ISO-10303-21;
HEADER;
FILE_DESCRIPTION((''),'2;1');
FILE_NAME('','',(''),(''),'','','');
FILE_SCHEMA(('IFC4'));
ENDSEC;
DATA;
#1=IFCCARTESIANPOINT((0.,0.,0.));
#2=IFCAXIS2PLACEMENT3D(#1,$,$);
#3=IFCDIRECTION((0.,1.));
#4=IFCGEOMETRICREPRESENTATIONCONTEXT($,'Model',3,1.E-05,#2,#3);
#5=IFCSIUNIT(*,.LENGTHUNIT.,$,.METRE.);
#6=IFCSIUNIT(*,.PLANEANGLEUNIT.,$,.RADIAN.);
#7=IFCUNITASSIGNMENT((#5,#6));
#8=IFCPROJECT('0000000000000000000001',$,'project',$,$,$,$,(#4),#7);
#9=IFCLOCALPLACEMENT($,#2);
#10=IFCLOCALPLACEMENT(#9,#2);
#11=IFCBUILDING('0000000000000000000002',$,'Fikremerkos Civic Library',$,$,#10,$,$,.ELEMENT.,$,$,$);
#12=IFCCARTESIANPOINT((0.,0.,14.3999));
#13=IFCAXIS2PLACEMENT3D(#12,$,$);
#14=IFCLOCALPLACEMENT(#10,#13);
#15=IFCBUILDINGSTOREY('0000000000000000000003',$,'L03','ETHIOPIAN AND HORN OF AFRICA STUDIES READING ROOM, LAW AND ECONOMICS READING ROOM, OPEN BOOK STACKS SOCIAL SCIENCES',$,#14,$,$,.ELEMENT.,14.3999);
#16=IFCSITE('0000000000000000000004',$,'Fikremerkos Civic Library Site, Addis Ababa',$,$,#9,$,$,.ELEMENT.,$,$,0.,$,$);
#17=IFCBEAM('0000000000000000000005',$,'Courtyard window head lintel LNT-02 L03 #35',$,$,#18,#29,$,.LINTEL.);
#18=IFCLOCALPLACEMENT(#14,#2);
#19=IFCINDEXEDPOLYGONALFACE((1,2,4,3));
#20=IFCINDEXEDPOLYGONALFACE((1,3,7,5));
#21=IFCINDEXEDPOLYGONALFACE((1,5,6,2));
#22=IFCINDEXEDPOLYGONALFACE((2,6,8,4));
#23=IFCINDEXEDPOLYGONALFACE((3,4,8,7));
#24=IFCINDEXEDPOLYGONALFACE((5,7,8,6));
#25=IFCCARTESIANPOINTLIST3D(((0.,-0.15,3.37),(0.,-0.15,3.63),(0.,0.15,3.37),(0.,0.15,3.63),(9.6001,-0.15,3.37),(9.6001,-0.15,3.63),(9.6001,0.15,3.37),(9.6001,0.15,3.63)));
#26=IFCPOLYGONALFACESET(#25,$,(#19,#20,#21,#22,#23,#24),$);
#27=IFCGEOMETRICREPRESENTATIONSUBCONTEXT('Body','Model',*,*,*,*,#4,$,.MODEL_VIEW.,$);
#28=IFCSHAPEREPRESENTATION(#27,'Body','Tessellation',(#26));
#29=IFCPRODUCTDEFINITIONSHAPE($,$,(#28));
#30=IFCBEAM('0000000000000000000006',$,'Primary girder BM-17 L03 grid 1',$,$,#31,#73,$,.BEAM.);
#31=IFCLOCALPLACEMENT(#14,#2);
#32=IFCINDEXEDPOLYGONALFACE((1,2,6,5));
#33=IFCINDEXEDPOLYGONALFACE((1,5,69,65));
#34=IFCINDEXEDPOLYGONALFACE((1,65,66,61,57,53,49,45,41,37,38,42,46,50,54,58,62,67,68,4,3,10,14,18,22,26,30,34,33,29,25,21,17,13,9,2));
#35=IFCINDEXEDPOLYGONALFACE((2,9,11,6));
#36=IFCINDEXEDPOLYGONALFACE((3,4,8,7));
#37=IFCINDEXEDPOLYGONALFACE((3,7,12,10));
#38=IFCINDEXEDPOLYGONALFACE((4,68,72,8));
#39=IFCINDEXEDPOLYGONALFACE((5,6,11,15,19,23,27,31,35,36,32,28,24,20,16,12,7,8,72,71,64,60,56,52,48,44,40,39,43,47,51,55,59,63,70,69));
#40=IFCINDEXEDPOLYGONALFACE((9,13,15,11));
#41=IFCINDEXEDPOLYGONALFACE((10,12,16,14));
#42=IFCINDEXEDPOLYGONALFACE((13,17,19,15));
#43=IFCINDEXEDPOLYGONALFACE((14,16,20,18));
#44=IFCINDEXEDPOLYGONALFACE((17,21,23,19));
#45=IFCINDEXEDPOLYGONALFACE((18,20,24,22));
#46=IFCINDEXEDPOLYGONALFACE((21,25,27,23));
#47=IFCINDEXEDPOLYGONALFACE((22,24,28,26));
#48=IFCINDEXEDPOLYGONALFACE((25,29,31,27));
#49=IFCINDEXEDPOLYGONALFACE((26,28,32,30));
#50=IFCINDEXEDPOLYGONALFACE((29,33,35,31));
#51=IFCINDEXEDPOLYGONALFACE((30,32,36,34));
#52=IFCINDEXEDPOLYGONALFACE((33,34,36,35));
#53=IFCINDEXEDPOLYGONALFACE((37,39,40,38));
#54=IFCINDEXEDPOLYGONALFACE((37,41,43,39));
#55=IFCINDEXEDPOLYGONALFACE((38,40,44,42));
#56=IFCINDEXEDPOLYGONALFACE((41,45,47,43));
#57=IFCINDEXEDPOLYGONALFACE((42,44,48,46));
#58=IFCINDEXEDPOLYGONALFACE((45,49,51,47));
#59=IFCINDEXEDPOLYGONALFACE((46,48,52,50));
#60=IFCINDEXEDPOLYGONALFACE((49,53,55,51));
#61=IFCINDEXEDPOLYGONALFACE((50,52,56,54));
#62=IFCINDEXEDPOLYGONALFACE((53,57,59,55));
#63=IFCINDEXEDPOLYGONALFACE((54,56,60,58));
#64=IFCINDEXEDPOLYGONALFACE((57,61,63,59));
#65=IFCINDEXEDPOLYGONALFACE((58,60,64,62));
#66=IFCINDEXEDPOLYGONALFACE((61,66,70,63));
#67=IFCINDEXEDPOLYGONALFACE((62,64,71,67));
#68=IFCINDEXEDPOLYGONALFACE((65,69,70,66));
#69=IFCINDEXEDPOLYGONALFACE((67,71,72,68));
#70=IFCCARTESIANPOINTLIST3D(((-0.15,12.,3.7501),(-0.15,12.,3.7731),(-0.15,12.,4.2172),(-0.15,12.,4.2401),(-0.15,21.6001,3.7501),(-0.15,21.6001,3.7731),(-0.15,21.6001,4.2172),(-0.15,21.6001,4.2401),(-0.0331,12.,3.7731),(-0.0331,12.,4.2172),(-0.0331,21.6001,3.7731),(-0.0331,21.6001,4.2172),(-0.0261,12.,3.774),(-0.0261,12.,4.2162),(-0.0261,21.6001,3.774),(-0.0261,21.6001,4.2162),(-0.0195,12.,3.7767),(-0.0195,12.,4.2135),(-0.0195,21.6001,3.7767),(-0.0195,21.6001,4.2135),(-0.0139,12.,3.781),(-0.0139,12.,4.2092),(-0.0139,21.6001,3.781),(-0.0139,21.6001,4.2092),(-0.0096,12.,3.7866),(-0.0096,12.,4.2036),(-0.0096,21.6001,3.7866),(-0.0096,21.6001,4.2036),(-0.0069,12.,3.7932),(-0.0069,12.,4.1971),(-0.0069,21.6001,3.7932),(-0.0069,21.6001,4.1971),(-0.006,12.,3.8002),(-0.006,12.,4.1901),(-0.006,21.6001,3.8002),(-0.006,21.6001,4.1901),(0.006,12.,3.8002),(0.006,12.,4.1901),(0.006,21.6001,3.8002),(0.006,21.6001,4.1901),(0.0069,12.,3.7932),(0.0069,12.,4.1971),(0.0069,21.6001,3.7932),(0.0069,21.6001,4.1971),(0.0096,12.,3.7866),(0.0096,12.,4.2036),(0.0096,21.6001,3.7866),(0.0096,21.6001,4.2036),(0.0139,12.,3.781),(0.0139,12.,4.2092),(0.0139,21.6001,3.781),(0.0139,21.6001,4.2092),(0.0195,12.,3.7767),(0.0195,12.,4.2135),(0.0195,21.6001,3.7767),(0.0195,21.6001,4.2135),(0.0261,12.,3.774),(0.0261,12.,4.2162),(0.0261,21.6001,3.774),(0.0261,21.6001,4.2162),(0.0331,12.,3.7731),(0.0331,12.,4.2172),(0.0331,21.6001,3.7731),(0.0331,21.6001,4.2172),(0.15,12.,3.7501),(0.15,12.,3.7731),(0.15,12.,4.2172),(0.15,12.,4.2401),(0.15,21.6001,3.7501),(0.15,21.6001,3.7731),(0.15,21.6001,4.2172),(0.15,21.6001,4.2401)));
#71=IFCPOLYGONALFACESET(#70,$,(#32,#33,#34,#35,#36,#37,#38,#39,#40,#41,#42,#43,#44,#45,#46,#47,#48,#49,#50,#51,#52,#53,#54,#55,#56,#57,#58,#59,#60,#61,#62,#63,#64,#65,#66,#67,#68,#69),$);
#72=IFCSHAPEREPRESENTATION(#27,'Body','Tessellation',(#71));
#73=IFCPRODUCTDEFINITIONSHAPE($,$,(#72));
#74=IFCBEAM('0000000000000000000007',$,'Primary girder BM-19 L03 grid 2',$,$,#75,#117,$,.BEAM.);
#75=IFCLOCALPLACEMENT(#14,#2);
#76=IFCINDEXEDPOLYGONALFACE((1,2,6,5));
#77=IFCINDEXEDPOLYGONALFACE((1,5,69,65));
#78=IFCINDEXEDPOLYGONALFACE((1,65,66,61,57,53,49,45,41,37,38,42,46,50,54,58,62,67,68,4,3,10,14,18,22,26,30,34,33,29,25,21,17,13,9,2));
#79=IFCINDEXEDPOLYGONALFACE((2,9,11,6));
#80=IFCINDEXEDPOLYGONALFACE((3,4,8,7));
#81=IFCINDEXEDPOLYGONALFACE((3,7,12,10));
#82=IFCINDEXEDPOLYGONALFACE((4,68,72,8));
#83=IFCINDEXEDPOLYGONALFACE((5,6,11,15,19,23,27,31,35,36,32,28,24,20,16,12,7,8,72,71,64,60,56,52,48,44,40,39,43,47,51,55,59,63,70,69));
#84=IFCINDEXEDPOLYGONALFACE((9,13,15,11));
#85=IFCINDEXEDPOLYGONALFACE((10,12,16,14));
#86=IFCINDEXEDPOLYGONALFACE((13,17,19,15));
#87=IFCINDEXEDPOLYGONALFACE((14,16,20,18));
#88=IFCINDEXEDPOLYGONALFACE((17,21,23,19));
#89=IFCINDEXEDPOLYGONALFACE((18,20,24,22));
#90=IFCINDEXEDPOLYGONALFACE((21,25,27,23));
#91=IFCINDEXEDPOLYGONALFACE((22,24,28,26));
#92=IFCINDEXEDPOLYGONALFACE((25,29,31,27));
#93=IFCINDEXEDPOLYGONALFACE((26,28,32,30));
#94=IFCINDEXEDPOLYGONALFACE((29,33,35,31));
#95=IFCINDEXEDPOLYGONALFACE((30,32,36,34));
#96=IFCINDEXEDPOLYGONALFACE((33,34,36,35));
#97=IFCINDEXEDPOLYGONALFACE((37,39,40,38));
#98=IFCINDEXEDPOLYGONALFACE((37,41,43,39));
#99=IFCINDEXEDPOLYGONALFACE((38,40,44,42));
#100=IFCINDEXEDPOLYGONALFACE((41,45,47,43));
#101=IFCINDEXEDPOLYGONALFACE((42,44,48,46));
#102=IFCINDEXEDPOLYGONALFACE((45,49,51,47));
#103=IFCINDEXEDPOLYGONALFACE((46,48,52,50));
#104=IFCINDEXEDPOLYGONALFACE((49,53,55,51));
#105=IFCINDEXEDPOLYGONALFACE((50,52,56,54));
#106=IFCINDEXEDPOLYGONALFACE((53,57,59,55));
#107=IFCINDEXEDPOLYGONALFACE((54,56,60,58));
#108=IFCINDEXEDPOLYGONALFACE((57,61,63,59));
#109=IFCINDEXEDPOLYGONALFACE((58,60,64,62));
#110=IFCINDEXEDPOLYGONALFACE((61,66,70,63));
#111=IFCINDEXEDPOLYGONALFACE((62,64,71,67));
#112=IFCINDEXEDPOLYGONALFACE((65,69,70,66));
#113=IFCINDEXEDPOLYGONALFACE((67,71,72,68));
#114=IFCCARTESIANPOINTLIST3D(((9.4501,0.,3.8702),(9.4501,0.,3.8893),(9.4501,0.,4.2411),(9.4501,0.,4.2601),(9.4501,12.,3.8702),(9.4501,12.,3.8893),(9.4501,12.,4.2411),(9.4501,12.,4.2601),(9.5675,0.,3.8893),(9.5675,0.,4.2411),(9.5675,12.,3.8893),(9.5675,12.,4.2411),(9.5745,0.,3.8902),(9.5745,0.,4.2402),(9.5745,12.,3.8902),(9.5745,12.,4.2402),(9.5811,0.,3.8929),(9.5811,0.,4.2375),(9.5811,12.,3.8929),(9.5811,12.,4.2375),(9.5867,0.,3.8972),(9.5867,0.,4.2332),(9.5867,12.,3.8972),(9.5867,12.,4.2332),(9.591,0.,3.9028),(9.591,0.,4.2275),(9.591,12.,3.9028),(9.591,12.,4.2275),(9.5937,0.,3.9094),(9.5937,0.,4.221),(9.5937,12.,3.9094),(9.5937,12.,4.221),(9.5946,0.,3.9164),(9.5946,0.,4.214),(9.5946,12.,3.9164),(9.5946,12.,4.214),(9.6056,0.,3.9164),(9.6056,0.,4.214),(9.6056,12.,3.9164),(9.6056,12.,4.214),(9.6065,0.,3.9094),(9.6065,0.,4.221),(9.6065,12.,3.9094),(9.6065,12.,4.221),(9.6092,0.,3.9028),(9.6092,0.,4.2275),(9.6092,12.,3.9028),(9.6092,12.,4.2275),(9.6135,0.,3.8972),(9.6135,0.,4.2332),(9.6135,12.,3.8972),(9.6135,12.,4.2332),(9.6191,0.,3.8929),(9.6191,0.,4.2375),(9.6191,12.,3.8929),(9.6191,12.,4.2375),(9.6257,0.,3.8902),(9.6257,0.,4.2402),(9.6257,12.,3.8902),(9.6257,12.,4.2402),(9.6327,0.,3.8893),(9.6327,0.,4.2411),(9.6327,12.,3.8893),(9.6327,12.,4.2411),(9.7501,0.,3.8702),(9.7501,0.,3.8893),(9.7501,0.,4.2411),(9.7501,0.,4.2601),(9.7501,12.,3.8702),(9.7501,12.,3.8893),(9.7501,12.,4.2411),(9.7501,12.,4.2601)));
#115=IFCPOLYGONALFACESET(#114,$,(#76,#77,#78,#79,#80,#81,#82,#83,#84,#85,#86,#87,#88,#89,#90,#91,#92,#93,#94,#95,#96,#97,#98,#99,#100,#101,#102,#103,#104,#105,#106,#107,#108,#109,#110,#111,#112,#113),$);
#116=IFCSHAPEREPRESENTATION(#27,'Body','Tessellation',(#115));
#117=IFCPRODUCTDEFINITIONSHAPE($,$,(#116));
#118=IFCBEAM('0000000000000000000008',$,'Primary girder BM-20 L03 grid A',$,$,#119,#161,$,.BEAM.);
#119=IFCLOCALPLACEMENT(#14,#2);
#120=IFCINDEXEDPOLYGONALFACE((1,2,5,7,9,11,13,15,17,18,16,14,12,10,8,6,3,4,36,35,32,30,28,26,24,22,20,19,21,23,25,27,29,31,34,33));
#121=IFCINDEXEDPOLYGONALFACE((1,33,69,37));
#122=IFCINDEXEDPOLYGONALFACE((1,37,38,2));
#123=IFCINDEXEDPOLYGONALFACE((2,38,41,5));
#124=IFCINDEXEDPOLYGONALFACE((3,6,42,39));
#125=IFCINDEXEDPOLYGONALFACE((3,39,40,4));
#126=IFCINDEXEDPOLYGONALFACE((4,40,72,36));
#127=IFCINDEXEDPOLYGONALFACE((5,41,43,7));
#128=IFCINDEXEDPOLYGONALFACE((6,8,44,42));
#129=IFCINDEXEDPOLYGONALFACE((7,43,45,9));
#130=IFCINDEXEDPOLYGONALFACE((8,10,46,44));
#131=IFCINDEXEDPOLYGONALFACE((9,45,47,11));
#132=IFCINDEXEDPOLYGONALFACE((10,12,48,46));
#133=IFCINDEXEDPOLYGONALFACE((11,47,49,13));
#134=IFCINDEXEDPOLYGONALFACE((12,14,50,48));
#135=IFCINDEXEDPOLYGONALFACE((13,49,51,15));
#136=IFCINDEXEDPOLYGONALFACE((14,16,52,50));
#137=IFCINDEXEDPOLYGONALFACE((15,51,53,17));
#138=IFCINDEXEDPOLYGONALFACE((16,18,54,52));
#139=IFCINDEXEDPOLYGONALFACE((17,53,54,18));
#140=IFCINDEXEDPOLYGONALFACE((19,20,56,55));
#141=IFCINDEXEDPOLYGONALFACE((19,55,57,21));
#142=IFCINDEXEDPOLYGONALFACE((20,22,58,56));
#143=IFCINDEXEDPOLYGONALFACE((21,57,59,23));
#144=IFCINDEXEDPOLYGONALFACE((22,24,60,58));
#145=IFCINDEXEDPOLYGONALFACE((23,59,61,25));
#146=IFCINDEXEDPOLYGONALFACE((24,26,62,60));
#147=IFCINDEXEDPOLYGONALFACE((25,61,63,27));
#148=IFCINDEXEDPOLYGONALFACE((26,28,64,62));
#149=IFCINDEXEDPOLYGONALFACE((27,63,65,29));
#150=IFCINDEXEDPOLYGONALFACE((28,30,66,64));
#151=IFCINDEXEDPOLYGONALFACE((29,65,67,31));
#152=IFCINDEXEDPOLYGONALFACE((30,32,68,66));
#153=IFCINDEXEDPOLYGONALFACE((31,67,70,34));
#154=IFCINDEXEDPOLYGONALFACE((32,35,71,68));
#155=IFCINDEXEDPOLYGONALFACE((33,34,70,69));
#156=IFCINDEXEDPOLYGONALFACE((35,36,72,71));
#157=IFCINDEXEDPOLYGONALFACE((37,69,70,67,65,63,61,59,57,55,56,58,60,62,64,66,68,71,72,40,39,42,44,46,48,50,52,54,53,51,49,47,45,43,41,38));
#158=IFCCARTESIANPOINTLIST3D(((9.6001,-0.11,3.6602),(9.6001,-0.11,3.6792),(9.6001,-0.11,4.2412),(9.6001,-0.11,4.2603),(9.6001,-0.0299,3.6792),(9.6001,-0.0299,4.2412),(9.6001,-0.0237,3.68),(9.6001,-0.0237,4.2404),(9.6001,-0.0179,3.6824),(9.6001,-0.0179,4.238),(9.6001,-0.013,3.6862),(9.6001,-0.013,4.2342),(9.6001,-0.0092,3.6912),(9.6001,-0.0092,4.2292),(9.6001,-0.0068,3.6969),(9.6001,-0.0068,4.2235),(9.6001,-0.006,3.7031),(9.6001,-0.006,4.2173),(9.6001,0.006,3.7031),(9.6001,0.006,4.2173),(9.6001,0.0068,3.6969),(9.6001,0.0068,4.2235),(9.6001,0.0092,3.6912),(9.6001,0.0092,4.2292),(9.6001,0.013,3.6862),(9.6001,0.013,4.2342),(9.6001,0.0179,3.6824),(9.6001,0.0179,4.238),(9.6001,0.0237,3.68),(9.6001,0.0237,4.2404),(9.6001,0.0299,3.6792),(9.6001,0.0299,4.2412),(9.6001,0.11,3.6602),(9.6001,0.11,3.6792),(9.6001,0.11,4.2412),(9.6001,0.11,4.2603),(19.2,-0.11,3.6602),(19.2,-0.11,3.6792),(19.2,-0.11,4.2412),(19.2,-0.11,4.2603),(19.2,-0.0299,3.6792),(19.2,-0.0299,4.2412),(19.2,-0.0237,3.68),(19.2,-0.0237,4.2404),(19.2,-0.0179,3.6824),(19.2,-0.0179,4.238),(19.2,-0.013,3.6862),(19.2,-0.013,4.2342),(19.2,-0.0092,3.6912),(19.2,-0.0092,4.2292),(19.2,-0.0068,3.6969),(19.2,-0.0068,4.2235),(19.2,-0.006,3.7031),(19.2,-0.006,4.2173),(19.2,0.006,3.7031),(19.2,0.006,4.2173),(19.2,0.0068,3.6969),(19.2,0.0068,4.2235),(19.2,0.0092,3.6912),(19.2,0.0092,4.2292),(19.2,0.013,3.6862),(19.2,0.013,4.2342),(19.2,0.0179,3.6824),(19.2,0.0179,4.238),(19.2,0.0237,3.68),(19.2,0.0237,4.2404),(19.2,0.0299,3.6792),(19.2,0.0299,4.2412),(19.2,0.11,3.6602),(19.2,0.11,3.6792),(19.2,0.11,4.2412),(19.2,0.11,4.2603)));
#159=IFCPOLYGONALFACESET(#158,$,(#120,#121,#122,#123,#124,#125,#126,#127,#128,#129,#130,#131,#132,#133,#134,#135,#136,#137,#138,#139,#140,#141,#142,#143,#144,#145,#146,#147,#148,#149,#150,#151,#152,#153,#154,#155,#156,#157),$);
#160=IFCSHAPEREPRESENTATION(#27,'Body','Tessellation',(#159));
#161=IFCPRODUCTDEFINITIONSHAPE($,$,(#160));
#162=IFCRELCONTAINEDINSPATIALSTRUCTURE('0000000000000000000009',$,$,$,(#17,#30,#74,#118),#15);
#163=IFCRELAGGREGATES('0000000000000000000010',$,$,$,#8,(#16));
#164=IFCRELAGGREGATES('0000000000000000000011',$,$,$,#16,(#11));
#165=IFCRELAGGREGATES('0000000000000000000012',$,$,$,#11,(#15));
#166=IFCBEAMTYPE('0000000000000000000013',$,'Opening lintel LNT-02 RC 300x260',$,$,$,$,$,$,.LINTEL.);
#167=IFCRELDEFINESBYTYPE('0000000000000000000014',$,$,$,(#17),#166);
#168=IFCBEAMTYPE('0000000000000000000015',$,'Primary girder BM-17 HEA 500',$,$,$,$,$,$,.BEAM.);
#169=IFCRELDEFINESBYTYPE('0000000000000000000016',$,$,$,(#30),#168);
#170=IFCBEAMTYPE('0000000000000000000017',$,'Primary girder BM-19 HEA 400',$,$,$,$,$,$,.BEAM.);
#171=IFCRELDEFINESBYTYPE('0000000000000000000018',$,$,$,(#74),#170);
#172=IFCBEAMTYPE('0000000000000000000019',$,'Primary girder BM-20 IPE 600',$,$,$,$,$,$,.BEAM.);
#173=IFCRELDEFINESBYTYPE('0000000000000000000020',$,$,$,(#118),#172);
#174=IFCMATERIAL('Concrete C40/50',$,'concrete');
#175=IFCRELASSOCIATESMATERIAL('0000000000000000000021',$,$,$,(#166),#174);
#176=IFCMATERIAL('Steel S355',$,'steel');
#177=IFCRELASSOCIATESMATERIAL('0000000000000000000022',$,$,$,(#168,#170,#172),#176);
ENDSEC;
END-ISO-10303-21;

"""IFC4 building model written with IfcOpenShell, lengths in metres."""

from ifc_helpers import new_model, si_unit, direction, frame, origin, origin_2d, place, context, subcontext, project, spatial, rectangle, i_section, extrude, material, material_profile, profile_set, type_object, element, save


model = new_model("IFC4")

# Units and contexts
model_context = context("Model", 3, precision=1e-05, world=origin(), true_north=direction((0.0, 1.0)))
body_context = subcontext(model_context, "Body", "Model", "MODEL_VIEW")
ifc_project = project(units=[si_unit("LENGTHUNIT", "METRE"), si_unit("PLANEANGLEUNIT", "RADIAN")], contexts=[model_context])

# Site, building, storey
site_placement = place(None, origin())
site = spatial("IfcSite", under=ifc_project, at=site_placement, Name="Fikremerkos Civic Library Site, Addis Ababa", CompositionType="ELEMENT", RefElevation=0.0)
building_placement = place(site_placement, origin())
building = spatial("IfcBuilding", under=site, at=building_placement, Name="Fikremerkos Civic Library", CompositionType="ELEMENT")
storey_placement = place(building_placement, frame((0.0, 0.0, 14.3999)))
storey = spatial("IfcBuildingStorey", under=building, at=storey_placement, Name="L03", Description="ETHIOPIAN AND HORN OF AFRICA STUDIES READING ROOM, LAW AND ECONOMICS READING ROOM, OPEN BOOK STACKS SOCIAL SCIENCES", CompositionType="ELEMENT", Elevation=14.3999)

# Shared definitions
ifc_material_1 = material(Name="Concrete C40/50", Category="concrete")

# Shared definitions
ifc_material_2 = material(Name="Steel S355", Category="steel")

# Beams
ifc_material_profile_1 = material_profile(ifc_material_1, rectangle(XDim=0.3, YDim=0.26, at=origin_2d()), Name="RC 300x260")
ifc_profile_set_1 = profile_set([ifc_material_profile_1], Name="Concrete C40/50")
beam_type_1 = type_object("IfcBeamType", Name="Opening lintel LNT-02 RC 300x260", PredefinedType="LINTEL", material=ifc_profile_set_1)
beam_1_placement = place(storey_placement, frame((9.6001, 0.0, 3.5), z_axis=(-1.0, 0.0, 0.0), x_axis=(0.0, -1.0, 0.0)))
element("IfcBeam", 1, at=beam_1_placement, inside=storey, type_object=beam_type_1, Name="Courtyard window head lintel LNT-02 L03 #35", PredefinedType="LINTEL", context=body_context, shape_type="SweptSolid", body=[
    extrude(rectangle(XDim=0.3, YDim=0.26, at=origin_2d()), origin(), (0.0, 0.0, 1.0), 9.6001),
])
ifc_material_profile_2 = material_profile(ifc_material_2, i_section(OverallWidth=0.3, OverallDepth=0.49, WebThickness=0.012, FlangeThickness=0.0229, FilletRadius=0.0271, at=origin_2d()), Name="HEA 500")
ifc_profile_set_2 = profile_set([ifc_material_profile_2], Name="Steel S355")
beam_type_2 = type_object("IfcBeamType", Name="Primary girder BM-17 HEA 500", PredefinedType="BEAM", material=ifc_profile_set_2)
beam_2_placement = place(storey_placement, frame((0.0, 12.0, 3.9951), z_axis=(0.0, 1.0, 0.0), x_axis=(-1.0, 0.0, 0.0)))
element("IfcBeam", 2, at=beam_2_placement, inside=storey, type_object=beam_type_2, Name="Primary girder BM-17 L03 grid 1", PredefinedType="BEAM", context=body_context, shape_type="SweptSolid", body=[
    extrude(i_section(OverallWidth=0.3, OverallDepth=0.49, WebThickness=0.012, FlangeThickness=0.0229, FilletRadius=0.0271, at=origin_2d()), origin(), (0.0, 0.0, 1.0), 9.6001),
])
ifc_material_profile_3 = material_profile(ifc_material_2, i_section(OverallWidth=0.3, OverallDepth=0.3899, WebThickness=0.011, FlangeThickness=0.019, FilletRadius=0.0271, at=origin_2d()), Name="HEA 400")
ifc_profile_set_3 = profile_set([ifc_material_profile_3], Name="Steel S355")
beam_type_3 = type_object("IfcBeamType", Name="Primary girder BM-19 HEA 400", PredefinedType="BEAM", material=ifc_profile_set_3)
beam_3_placement = place(storey_placement, frame((9.6001, 0.0, 4.0652), z_axis=(0.0, 1.0, 0.0), x_axis=(-1.0, 0.0, 0.0)))
element("IfcBeam", 3, at=beam_3_placement, inside=storey, type_object=beam_type_3, Name="Primary girder BM-19 L03 grid 2", PredefinedType="BEAM", context=body_context, shape_type="SweptSolid", body=[
    extrude(i_section(OverallWidth=0.3, OverallDepth=0.3899, WebThickness=0.011, FlangeThickness=0.019, FilletRadius=0.0271, at=origin_2d()), origin(), (0.0, 0.0, 1.0), 12.0),
])
ifc_material_profile_4 = material_profile(ifc_material_2, i_section(OverallWidth=0.22, OverallDepth=0.6001, WebThickness=0.012, FlangeThickness=0.019, FilletRadius=0.0239, at=origin_2d()), Name="IPE 600")
ifc_profile_set_4 = profile_set([ifc_material_profile_4], Name="Steel S355")
beam_type_4 = type_object("IfcBeamType", Name="Primary girder BM-20 IPE 600", PredefinedType="BEAM", material=ifc_profile_set_4)
beam_4_placement = place(storey_placement, frame((9.6001, 0.0, 3.9602), z_axis=(1.0, 0.0, 0.0), x_axis=(0.0, 1.0, 0.0)))
element("IfcBeam", 4, at=beam_4_placement, inside=storey, type_object=beam_type_4, Name="Primary girder BM-20 L03 grid A", PredefinedType="BEAM", context=body_context, shape_type="SweptSolid", body=[
    extrude(i_section(OverallWidth=0.22, OverallDepth=0.6001, WebThickness=0.012, FlangeThickness=0.019, FilletRadius=0.0239, at=origin_2d()), origin(), (0.0, 0.0, 1.0), 9.5999),
])

save(model, "model.ifc")
